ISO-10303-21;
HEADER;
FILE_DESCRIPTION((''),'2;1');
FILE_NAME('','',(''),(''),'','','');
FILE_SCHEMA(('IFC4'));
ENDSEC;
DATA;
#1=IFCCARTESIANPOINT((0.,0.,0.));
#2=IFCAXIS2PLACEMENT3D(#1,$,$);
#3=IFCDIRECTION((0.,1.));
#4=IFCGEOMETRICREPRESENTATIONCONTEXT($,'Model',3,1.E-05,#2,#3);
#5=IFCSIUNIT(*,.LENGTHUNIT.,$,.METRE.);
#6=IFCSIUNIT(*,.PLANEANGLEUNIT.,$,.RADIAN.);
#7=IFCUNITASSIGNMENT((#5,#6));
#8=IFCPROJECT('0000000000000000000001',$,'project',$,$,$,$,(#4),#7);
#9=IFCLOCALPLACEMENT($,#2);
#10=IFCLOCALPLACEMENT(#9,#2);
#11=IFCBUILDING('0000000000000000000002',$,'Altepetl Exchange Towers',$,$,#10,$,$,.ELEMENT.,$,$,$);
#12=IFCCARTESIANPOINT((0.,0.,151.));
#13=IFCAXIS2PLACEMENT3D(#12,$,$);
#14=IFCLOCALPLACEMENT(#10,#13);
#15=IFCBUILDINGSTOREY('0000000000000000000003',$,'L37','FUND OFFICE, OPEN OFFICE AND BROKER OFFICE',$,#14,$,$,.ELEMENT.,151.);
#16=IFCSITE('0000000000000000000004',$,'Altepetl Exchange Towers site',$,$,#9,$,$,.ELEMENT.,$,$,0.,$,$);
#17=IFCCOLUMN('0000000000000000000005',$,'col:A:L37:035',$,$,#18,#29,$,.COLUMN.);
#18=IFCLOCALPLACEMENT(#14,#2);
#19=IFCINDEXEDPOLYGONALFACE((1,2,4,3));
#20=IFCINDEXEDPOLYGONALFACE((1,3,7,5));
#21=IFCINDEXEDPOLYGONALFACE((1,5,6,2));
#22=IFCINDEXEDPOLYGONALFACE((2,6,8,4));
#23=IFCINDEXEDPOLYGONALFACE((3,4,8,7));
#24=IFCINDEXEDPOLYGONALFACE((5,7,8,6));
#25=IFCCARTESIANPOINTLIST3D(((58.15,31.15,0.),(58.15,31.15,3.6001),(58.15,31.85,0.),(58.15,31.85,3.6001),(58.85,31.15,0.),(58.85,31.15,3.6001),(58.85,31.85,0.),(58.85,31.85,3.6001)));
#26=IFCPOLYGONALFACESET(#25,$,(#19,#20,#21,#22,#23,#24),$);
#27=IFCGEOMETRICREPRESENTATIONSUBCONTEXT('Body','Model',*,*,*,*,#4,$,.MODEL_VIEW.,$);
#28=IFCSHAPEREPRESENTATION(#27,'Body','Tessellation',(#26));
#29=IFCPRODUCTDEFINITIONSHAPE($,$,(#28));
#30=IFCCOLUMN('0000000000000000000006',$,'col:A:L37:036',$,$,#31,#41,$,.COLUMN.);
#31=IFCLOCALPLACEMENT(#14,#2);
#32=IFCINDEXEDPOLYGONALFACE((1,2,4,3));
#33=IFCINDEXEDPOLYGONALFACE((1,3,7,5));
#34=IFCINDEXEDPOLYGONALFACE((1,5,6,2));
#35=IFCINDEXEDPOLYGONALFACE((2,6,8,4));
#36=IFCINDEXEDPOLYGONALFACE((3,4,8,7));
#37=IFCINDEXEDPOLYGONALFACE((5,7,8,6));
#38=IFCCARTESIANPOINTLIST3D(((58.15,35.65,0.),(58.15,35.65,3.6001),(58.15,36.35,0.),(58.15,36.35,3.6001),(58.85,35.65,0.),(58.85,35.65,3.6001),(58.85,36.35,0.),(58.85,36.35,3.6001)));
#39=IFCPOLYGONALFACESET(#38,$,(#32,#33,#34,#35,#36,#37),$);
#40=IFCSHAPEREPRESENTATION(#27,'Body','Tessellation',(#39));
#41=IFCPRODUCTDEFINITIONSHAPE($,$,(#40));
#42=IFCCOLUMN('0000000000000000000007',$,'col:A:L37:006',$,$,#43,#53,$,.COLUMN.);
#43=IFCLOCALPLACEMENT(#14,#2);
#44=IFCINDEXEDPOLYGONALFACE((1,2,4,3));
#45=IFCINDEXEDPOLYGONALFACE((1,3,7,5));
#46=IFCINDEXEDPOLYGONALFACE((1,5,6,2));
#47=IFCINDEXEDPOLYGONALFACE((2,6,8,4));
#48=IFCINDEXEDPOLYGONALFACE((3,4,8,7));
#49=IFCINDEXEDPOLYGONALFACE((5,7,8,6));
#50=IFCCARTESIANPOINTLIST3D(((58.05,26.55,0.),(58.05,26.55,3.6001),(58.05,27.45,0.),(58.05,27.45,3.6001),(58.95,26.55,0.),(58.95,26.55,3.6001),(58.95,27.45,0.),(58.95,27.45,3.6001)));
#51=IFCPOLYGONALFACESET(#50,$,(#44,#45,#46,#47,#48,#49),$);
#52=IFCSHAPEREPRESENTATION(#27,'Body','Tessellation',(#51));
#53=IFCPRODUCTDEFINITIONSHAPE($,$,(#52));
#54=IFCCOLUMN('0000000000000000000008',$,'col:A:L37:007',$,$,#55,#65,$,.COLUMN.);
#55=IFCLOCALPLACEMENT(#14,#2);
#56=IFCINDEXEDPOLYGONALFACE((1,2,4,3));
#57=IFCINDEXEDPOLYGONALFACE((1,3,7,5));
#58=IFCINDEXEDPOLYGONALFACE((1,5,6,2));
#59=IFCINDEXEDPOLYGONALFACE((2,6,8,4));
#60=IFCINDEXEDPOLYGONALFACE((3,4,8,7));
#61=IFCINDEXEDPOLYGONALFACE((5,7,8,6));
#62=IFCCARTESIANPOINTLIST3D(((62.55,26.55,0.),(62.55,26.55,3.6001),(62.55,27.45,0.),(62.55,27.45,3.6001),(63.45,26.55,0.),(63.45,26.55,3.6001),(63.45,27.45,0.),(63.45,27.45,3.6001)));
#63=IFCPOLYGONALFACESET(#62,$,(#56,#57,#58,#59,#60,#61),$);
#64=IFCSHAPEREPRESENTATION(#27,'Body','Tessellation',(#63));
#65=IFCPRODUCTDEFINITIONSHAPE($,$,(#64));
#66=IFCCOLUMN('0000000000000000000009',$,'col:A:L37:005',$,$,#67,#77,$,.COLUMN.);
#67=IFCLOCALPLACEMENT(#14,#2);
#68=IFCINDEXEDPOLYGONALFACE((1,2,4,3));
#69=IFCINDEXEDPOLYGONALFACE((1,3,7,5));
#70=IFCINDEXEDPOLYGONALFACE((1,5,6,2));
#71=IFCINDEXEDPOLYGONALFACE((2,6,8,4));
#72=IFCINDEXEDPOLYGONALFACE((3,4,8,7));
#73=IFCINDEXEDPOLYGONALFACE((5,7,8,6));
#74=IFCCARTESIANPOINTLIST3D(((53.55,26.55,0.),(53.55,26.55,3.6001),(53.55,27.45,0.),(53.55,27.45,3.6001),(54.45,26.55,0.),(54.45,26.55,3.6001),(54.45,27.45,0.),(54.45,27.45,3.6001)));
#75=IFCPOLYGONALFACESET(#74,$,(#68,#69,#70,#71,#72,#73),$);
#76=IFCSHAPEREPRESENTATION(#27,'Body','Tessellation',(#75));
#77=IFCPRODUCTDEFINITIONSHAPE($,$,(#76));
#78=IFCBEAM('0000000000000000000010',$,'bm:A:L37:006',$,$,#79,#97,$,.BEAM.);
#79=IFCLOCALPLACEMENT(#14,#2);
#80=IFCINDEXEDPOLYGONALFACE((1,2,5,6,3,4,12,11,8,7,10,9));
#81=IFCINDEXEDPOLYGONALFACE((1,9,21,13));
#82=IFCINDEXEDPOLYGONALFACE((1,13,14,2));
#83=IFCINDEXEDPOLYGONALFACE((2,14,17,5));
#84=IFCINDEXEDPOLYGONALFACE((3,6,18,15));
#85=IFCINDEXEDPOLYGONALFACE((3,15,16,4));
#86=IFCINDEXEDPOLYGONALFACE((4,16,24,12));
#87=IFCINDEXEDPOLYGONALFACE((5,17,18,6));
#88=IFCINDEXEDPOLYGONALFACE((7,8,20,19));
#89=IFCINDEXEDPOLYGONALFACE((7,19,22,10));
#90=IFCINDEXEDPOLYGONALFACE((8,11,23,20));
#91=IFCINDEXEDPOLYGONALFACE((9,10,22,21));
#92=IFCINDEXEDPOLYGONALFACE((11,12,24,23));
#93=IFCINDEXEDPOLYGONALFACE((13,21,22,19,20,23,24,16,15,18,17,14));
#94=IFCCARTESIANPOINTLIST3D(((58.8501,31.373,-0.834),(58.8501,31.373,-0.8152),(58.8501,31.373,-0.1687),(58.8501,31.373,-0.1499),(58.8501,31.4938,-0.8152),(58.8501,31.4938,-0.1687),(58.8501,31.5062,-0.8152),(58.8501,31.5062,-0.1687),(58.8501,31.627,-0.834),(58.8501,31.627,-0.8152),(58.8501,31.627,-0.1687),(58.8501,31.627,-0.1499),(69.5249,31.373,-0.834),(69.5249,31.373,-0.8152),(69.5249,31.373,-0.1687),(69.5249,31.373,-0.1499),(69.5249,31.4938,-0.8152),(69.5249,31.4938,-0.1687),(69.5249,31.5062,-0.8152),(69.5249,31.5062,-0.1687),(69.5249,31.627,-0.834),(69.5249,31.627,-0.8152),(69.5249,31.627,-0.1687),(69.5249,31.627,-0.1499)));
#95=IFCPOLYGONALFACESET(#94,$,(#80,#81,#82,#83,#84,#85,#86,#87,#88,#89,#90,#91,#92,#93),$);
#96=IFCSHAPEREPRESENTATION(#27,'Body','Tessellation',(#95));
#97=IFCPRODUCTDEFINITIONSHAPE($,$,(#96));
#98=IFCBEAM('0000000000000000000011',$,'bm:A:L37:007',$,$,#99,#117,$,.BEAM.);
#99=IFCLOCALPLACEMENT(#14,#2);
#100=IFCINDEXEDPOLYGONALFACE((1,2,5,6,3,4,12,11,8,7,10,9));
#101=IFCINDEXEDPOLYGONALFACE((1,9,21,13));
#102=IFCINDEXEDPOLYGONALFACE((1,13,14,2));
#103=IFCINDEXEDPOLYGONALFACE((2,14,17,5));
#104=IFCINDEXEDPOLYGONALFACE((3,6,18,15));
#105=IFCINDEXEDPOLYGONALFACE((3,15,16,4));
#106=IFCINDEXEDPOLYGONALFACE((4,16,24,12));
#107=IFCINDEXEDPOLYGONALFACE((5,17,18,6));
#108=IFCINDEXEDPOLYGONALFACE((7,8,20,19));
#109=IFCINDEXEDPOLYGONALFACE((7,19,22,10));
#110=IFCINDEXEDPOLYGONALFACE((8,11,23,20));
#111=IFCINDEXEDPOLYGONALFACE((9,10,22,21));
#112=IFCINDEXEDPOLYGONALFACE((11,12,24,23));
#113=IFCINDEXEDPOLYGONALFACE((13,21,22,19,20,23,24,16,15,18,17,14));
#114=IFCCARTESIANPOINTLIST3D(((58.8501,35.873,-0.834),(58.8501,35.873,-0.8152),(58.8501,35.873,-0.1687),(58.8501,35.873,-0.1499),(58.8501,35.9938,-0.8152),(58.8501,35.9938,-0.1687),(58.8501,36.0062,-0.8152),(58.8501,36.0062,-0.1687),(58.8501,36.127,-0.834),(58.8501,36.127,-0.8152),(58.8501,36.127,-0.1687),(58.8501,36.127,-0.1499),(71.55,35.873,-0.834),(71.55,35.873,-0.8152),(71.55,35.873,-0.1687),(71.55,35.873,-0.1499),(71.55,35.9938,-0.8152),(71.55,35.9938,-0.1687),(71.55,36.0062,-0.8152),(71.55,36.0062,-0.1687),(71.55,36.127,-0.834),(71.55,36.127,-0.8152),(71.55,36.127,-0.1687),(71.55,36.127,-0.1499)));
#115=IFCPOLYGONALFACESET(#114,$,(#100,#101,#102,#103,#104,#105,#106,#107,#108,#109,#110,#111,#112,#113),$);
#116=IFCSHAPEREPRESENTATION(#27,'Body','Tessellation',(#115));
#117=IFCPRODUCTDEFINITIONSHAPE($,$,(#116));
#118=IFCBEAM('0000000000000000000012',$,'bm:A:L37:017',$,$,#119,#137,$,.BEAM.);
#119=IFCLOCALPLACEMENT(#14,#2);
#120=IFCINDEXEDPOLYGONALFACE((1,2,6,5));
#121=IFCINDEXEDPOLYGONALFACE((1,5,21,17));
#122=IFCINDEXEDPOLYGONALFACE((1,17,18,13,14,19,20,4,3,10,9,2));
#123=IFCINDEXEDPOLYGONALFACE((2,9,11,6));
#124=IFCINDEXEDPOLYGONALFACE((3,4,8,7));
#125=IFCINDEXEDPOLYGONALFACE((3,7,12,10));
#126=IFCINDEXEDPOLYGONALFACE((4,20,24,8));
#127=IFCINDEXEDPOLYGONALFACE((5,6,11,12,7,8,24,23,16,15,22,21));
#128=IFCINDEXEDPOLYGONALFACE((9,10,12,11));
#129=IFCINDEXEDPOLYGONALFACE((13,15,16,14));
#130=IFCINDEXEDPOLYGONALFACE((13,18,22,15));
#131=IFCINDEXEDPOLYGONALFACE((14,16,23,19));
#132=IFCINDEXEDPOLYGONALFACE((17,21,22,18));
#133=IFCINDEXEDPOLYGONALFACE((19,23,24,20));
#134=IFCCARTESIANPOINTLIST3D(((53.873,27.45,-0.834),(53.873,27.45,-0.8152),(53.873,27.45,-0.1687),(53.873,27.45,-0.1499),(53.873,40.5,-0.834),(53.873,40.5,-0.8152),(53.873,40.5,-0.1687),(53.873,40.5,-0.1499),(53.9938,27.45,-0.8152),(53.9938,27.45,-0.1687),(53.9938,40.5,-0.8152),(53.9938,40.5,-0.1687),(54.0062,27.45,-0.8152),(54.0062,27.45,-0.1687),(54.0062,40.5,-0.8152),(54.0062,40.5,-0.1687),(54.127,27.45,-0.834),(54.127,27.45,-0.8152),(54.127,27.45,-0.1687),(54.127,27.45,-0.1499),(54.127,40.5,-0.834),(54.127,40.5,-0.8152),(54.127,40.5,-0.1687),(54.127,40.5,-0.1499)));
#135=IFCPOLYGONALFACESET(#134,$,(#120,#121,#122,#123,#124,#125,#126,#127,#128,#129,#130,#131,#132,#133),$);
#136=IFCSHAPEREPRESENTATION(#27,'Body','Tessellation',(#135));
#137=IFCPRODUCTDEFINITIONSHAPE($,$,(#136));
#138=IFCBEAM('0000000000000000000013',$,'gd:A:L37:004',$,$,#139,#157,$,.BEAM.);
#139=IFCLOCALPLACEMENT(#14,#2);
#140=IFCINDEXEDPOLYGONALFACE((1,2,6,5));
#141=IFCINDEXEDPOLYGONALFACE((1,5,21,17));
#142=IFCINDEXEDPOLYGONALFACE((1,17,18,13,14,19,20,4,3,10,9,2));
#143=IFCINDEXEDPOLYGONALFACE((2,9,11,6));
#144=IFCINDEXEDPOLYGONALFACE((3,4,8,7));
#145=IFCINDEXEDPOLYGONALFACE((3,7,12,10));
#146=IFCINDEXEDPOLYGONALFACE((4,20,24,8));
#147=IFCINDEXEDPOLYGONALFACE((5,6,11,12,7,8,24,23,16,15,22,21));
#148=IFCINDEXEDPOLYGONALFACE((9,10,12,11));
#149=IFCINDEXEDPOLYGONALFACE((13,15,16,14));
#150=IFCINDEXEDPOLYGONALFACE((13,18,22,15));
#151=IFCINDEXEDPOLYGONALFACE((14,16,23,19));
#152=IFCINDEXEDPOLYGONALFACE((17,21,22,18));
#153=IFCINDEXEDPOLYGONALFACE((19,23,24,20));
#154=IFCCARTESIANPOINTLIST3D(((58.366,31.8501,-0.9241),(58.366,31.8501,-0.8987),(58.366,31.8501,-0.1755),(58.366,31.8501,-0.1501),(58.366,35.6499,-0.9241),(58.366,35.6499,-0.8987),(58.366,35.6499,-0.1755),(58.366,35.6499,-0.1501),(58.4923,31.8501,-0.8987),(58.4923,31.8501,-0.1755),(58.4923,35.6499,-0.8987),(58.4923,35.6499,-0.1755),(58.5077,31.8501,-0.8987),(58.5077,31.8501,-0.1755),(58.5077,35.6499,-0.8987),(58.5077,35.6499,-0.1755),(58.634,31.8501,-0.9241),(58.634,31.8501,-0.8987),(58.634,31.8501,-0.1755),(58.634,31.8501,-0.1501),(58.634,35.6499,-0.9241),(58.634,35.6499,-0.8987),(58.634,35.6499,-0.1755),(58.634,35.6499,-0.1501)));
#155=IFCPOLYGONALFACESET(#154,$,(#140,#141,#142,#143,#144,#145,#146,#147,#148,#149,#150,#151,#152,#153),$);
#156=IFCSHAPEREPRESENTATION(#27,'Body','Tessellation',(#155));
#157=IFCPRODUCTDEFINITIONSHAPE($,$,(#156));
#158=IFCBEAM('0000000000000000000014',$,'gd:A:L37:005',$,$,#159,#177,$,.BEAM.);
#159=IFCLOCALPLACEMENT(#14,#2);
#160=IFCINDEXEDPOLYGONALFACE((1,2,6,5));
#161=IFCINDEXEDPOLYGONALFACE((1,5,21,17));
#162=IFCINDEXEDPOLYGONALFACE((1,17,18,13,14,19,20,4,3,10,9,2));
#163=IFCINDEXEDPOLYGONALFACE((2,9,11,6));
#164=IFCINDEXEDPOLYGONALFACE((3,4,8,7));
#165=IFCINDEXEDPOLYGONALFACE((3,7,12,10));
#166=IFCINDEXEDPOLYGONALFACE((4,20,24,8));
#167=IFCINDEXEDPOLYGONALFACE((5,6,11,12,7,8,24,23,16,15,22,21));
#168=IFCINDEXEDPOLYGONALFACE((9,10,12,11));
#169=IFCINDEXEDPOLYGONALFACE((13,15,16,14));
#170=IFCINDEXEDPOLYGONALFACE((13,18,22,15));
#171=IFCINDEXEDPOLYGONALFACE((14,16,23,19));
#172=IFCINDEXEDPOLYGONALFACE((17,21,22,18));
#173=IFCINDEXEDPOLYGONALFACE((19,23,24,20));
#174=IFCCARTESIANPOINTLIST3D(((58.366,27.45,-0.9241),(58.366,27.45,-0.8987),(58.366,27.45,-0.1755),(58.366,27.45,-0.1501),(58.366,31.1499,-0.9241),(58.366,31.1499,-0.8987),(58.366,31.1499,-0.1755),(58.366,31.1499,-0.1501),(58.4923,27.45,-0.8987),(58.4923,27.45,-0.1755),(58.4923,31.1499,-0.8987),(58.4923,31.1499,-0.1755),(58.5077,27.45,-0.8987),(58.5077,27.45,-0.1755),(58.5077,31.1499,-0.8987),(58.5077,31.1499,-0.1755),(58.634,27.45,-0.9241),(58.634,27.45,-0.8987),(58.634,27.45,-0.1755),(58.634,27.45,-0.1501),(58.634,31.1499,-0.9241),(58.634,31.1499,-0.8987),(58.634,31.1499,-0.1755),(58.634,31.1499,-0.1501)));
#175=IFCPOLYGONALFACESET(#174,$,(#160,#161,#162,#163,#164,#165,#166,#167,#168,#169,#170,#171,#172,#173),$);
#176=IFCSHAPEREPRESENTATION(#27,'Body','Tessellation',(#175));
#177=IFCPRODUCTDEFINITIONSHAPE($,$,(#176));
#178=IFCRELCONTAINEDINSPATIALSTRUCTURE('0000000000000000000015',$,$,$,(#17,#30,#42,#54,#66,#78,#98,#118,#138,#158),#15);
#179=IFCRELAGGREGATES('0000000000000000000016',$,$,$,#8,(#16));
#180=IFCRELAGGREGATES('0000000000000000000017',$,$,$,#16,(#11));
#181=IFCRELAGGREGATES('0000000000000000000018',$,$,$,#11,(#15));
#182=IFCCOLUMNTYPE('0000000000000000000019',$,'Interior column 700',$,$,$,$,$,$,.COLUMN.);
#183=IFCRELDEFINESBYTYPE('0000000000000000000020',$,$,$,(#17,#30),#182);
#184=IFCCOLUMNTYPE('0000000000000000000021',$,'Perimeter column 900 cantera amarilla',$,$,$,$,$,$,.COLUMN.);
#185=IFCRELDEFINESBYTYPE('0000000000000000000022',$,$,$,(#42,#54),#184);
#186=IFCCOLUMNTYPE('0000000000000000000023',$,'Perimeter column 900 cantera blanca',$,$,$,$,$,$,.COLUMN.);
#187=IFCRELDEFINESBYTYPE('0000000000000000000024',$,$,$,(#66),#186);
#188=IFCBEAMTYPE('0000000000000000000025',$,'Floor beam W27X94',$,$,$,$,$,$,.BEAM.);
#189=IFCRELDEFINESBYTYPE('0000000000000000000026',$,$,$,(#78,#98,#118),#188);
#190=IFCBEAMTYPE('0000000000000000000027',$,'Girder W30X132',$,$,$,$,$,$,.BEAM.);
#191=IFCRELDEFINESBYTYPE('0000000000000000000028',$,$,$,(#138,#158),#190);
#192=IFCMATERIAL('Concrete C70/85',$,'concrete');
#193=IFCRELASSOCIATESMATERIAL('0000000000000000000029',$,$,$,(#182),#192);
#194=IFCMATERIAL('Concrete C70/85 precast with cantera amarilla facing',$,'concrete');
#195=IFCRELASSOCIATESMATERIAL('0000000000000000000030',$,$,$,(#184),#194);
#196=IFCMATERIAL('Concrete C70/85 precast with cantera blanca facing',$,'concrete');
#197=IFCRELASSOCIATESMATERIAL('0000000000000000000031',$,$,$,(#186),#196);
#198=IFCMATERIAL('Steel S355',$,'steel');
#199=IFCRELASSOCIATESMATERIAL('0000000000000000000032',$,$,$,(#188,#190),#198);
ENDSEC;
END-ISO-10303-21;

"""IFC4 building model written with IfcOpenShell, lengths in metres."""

from ifc_helpers import new_model, si_unit, direction, frame, origin, origin_2d, place, context, subcontext, project, spatial, rectangle, i_section, extrude, material, material_profile, profile_set, type_object, element, save


model = new_model("IFC4")

# Units and contexts
model_context = context("Model", 3, precision=1e-05, world=origin(), true_north=direction((0.0, 1.0)))
body_context = subcontext(model_context, "Body", "Model", "MODEL_VIEW")
ifc_project = project(units=[si_unit("LENGTHUNIT", "METRE"), si_unit("PLANEANGLEUNIT", "RADIAN")], contexts=[model_context])

# Site, building, storey
site_placement = place(None, origin())
site = spatial("IfcSite", under=ifc_project, at=site_placement, Name="Altepetl Exchange Towers site", CompositionType="ELEMENT", RefElevation=0.0)
building_placement = place(site_placement, origin())
building = spatial("IfcBuilding", under=site, at=building_placement, Name="Altepetl Exchange Towers", CompositionType="ELEMENT")
storey_placement = place(building_placement, frame((0.0, 0.0, 151.0)))
storey = spatial("IfcBuildingStorey", under=building, at=storey_placement, Name="L37", Description="FUND OFFICE, OPEN OFFICE AND BROKER OFFICE", CompositionType="ELEMENT", Elevation=151.0)

# Columns
ifc_material_1 = material(Name="Concrete C70/85", Category="concrete")
ifc_material_profile_1 = material_profile(ifc_material_1, rectangle(XDim=0.7, YDim=0.7, at=origin_2d()), Name="700 x 700")
ifc_profile_set_1 = profile_set([ifc_material_profile_1], Name="Concrete C70/85")
column_type_1 = type_object("IfcColumnType", Name="Interior column 700", PredefinedType="COLUMN", material=ifc_profile_set_1)
for number, where, name in (
    (1, (58.5, 31.5, 0.0), "col:A:L37:035"),
    (2, (58.5, 36.0, 0.0), "col:A:L37:036"),
):
    element("IfcColumn", number, at=place(storey_placement, frame(where)), inside=storey, type_object=column_type_1, Name=name, PredefinedType="COLUMN", context=body_context, shape_type="SweptSolid", body=[
        extrude(rectangle(XDim=0.7, YDim=0.7, at=origin_2d()), origin(), (0.0, 0.0, 1.0), 3.6001),
    ])
ifc_material_2 = material(Name="Concrete C70/85 precast with cantera amarilla facing", Category="concrete")
ifc_material_profile_2 = material_profile(ifc_material_2, rectangle(XDim=0.8999, YDim=0.8999, at=origin_2d()), Name="900 x 900")
ifc_profile_set_2 = profile_set([ifc_material_profile_2], Name="Concrete C70/85 precast with cantera amarilla facing")
column_type_2 = type_object("IfcColumnType", Name="Perimeter column 900 cantera amarilla", PredefinedType="COLUMN", material=ifc_profile_set_2)
for number, where, name in (
    (3, (58.5, 27.0, 0.0), "col:A:L37:006"),
    (4, (63.0, 27.0, 0.0), "col:A:L37:007"),
):
    element("IfcColumn", number, at=place(storey_placement, frame(where)), inside=storey, type_object=column_type_2, Name=name, PredefinedType="COLUMN", context=body_context, shape_type="SweptSolid", body=[
        extrude(rectangle(XDim=0.8999, YDim=0.8999, at=origin_2d()), origin(), (0.0, 0.0, 1.0), 3.6001),
    ])
ifc_material_3 = material(Name="Concrete C70/85 precast with cantera blanca facing", Category="concrete")
ifc_material_profile_3 = material_profile(ifc_material_3, rectangle(XDim=0.8999, YDim=0.8999, at=origin_2d()), Name="900 x 900")
ifc_profile_set_3 = profile_set([ifc_material_profile_3], Name="Concrete C70/85 precast with cantera blanca facing")
column_type_3 = type_object("IfcColumnType", Name="Perimeter column 900 cantera blanca", PredefinedType="COLUMN", material=ifc_profile_set_3)
column_placement = place(storey_placement, frame((54.0, 27.0, 0.0)))
element("IfcColumn", 5, at=column_placement, inside=storey, type_object=column_type_3, Name="col:A:L37:005", PredefinedType="COLUMN", context=body_context, shape_type="SweptSolid", body=[
    extrude(rectangle(XDim=0.8999, YDim=0.8999, at=origin_2d()), origin(), (0.0, 0.0, 1.0), 3.6001),
])

# Beams
ifc_material_4 = material(Name="Steel S355", Category="steel")
ifc_material_profile_4 = material_profile(ifc_material_4, i_section(OverallWidth=0.2539, OverallDepth=0.6841, WebThickness=0.0125, FlangeThickness=0.0188, at=origin_2d()), Name="W27X94")
ifc_profile_set_4 = profile_set([ifc_material_profile_4], Name="Steel S355")
beam_type_1 = type_object("IfcBeamType", Name="Floor beam W27X94", PredefinedType="BEAM", material=ifc_profile_set_4)
beam_1_placement = place(storey_placement, frame((58.8501, 31.5, -0.4919), z_axis=(1.0, 0.0, 0.0), x_axis=(0.0, 1.0, 0.0)))
element("IfcBeam", 6, at=beam_1_placement, inside=storey, type_object=beam_type_1, Name="bm:A:L37:006", PredefinedType="BEAM", context=body_context, shape_type="SweptSolid", body=[
    extrude(i_section(OverallWidth=0.2539, OverallDepth=0.6841, WebThickness=0.0125, FlangeThickness=0.0188, at=origin_2d()), origin(), (0.0, 0.0, 1.0), 10.6748),
])
beam_2_placement = place(storey_placement, frame((58.8501, 36.0, -0.4919), z_axis=(1.0, 0.0, 0.0), x_axis=(0.0, 1.0, 0.0)))
element("IfcBeam", 7, at=beam_2_placement, inside=storey, type_object=beam_type_1, Name="bm:A:L37:007", PredefinedType="BEAM", context=body_context, shape_type="SweptSolid", body=[
    extrude(i_section(OverallWidth=0.2539, OverallDepth=0.6841, WebThickness=0.0125, FlangeThickness=0.0188, at=origin_2d()), origin(), (0.0, 0.0, 1.0), 12.7),
])
beam_3_placement = place(storey_placement, frame((54.0, 27.45, -0.4919), z_axis=(0.0, 1.0, 0.0), x_axis=(-1.0, 0.0, 0.0)))
element("IfcBeam", 8, at=beam_3_placement, inside=storey, type_object=beam_type_1, Name="bm:A:L37:017", PredefinedType="BEAM", context=body_context, shape_type="SweptSolid", body=[
    extrude(i_section(OverallWidth=0.2539, OverallDepth=0.6841, WebThickness=0.0125, FlangeThickness=0.0188, at=origin_2d()), origin(), (0.0, 0.0, 1.0), 13.05),
])
ifc_material_profile_5 = material_profile(ifc_material_4, i_section(OverallWidth=0.2681, OverallDepth=0.7739, WebThickness=0.0154, FlangeThickness=0.0254, at=origin_2d()), Name="W30X132")
ifc_profile_set_5 = profile_set([ifc_material_profile_5], Name="Steel S355")
beam_type_2 = type_object("IfcBeamType", Name="Girder W30X132", PredefinedType="BEAM", material=ifc_profile_set_5)
beam_4_placement = place(storey_placement, frame((58.5, 35.6499, -0.5371), z_axis=(0.0, -1.0, 0.0), x_axis=(1.0, 0.0, 0.0)))
element("IfcBeam", 9, at=beam_4_placement, inside=storey, type_object=beam_type_2, Name="gd:A:L37:004", PredefinedType="BEAM", context=body_context, shape_type="SweptSolid", body=[
    extrude(i_section(OverallWidth=0.2681, OverallDepth=0.7739, WebThickness=0.0154, FlangeThickness=0.0254, at=origin_2d()), origin(), (0.0, 0.0, 1.0), 3.7998),
])
beam_5_placement = place(storey_placement, frame((58.5, 31.1499, -0.5371), z_axis=(0.0, -1.0, 0.0), x_axis=(1.0, 0.0, 0.0)))
element("IfcBeam", 10, at=beam_5_placement, inside=storey, type_object=beam_type_2, Name="gd:A:L37:005", PredefinedType="BEAM", context=body_context, shape_type="SweptSolid", body=[
    extrude(i_section(OverallWidth=0.2681, OverallDepth=0.7739, WebThickness=0.0154, FlangeThickness=0.0254, at=origin_2d()), origin(), (0.0, 0.0, 1.0), 3.7),
])

save(model, "model.ifc")
